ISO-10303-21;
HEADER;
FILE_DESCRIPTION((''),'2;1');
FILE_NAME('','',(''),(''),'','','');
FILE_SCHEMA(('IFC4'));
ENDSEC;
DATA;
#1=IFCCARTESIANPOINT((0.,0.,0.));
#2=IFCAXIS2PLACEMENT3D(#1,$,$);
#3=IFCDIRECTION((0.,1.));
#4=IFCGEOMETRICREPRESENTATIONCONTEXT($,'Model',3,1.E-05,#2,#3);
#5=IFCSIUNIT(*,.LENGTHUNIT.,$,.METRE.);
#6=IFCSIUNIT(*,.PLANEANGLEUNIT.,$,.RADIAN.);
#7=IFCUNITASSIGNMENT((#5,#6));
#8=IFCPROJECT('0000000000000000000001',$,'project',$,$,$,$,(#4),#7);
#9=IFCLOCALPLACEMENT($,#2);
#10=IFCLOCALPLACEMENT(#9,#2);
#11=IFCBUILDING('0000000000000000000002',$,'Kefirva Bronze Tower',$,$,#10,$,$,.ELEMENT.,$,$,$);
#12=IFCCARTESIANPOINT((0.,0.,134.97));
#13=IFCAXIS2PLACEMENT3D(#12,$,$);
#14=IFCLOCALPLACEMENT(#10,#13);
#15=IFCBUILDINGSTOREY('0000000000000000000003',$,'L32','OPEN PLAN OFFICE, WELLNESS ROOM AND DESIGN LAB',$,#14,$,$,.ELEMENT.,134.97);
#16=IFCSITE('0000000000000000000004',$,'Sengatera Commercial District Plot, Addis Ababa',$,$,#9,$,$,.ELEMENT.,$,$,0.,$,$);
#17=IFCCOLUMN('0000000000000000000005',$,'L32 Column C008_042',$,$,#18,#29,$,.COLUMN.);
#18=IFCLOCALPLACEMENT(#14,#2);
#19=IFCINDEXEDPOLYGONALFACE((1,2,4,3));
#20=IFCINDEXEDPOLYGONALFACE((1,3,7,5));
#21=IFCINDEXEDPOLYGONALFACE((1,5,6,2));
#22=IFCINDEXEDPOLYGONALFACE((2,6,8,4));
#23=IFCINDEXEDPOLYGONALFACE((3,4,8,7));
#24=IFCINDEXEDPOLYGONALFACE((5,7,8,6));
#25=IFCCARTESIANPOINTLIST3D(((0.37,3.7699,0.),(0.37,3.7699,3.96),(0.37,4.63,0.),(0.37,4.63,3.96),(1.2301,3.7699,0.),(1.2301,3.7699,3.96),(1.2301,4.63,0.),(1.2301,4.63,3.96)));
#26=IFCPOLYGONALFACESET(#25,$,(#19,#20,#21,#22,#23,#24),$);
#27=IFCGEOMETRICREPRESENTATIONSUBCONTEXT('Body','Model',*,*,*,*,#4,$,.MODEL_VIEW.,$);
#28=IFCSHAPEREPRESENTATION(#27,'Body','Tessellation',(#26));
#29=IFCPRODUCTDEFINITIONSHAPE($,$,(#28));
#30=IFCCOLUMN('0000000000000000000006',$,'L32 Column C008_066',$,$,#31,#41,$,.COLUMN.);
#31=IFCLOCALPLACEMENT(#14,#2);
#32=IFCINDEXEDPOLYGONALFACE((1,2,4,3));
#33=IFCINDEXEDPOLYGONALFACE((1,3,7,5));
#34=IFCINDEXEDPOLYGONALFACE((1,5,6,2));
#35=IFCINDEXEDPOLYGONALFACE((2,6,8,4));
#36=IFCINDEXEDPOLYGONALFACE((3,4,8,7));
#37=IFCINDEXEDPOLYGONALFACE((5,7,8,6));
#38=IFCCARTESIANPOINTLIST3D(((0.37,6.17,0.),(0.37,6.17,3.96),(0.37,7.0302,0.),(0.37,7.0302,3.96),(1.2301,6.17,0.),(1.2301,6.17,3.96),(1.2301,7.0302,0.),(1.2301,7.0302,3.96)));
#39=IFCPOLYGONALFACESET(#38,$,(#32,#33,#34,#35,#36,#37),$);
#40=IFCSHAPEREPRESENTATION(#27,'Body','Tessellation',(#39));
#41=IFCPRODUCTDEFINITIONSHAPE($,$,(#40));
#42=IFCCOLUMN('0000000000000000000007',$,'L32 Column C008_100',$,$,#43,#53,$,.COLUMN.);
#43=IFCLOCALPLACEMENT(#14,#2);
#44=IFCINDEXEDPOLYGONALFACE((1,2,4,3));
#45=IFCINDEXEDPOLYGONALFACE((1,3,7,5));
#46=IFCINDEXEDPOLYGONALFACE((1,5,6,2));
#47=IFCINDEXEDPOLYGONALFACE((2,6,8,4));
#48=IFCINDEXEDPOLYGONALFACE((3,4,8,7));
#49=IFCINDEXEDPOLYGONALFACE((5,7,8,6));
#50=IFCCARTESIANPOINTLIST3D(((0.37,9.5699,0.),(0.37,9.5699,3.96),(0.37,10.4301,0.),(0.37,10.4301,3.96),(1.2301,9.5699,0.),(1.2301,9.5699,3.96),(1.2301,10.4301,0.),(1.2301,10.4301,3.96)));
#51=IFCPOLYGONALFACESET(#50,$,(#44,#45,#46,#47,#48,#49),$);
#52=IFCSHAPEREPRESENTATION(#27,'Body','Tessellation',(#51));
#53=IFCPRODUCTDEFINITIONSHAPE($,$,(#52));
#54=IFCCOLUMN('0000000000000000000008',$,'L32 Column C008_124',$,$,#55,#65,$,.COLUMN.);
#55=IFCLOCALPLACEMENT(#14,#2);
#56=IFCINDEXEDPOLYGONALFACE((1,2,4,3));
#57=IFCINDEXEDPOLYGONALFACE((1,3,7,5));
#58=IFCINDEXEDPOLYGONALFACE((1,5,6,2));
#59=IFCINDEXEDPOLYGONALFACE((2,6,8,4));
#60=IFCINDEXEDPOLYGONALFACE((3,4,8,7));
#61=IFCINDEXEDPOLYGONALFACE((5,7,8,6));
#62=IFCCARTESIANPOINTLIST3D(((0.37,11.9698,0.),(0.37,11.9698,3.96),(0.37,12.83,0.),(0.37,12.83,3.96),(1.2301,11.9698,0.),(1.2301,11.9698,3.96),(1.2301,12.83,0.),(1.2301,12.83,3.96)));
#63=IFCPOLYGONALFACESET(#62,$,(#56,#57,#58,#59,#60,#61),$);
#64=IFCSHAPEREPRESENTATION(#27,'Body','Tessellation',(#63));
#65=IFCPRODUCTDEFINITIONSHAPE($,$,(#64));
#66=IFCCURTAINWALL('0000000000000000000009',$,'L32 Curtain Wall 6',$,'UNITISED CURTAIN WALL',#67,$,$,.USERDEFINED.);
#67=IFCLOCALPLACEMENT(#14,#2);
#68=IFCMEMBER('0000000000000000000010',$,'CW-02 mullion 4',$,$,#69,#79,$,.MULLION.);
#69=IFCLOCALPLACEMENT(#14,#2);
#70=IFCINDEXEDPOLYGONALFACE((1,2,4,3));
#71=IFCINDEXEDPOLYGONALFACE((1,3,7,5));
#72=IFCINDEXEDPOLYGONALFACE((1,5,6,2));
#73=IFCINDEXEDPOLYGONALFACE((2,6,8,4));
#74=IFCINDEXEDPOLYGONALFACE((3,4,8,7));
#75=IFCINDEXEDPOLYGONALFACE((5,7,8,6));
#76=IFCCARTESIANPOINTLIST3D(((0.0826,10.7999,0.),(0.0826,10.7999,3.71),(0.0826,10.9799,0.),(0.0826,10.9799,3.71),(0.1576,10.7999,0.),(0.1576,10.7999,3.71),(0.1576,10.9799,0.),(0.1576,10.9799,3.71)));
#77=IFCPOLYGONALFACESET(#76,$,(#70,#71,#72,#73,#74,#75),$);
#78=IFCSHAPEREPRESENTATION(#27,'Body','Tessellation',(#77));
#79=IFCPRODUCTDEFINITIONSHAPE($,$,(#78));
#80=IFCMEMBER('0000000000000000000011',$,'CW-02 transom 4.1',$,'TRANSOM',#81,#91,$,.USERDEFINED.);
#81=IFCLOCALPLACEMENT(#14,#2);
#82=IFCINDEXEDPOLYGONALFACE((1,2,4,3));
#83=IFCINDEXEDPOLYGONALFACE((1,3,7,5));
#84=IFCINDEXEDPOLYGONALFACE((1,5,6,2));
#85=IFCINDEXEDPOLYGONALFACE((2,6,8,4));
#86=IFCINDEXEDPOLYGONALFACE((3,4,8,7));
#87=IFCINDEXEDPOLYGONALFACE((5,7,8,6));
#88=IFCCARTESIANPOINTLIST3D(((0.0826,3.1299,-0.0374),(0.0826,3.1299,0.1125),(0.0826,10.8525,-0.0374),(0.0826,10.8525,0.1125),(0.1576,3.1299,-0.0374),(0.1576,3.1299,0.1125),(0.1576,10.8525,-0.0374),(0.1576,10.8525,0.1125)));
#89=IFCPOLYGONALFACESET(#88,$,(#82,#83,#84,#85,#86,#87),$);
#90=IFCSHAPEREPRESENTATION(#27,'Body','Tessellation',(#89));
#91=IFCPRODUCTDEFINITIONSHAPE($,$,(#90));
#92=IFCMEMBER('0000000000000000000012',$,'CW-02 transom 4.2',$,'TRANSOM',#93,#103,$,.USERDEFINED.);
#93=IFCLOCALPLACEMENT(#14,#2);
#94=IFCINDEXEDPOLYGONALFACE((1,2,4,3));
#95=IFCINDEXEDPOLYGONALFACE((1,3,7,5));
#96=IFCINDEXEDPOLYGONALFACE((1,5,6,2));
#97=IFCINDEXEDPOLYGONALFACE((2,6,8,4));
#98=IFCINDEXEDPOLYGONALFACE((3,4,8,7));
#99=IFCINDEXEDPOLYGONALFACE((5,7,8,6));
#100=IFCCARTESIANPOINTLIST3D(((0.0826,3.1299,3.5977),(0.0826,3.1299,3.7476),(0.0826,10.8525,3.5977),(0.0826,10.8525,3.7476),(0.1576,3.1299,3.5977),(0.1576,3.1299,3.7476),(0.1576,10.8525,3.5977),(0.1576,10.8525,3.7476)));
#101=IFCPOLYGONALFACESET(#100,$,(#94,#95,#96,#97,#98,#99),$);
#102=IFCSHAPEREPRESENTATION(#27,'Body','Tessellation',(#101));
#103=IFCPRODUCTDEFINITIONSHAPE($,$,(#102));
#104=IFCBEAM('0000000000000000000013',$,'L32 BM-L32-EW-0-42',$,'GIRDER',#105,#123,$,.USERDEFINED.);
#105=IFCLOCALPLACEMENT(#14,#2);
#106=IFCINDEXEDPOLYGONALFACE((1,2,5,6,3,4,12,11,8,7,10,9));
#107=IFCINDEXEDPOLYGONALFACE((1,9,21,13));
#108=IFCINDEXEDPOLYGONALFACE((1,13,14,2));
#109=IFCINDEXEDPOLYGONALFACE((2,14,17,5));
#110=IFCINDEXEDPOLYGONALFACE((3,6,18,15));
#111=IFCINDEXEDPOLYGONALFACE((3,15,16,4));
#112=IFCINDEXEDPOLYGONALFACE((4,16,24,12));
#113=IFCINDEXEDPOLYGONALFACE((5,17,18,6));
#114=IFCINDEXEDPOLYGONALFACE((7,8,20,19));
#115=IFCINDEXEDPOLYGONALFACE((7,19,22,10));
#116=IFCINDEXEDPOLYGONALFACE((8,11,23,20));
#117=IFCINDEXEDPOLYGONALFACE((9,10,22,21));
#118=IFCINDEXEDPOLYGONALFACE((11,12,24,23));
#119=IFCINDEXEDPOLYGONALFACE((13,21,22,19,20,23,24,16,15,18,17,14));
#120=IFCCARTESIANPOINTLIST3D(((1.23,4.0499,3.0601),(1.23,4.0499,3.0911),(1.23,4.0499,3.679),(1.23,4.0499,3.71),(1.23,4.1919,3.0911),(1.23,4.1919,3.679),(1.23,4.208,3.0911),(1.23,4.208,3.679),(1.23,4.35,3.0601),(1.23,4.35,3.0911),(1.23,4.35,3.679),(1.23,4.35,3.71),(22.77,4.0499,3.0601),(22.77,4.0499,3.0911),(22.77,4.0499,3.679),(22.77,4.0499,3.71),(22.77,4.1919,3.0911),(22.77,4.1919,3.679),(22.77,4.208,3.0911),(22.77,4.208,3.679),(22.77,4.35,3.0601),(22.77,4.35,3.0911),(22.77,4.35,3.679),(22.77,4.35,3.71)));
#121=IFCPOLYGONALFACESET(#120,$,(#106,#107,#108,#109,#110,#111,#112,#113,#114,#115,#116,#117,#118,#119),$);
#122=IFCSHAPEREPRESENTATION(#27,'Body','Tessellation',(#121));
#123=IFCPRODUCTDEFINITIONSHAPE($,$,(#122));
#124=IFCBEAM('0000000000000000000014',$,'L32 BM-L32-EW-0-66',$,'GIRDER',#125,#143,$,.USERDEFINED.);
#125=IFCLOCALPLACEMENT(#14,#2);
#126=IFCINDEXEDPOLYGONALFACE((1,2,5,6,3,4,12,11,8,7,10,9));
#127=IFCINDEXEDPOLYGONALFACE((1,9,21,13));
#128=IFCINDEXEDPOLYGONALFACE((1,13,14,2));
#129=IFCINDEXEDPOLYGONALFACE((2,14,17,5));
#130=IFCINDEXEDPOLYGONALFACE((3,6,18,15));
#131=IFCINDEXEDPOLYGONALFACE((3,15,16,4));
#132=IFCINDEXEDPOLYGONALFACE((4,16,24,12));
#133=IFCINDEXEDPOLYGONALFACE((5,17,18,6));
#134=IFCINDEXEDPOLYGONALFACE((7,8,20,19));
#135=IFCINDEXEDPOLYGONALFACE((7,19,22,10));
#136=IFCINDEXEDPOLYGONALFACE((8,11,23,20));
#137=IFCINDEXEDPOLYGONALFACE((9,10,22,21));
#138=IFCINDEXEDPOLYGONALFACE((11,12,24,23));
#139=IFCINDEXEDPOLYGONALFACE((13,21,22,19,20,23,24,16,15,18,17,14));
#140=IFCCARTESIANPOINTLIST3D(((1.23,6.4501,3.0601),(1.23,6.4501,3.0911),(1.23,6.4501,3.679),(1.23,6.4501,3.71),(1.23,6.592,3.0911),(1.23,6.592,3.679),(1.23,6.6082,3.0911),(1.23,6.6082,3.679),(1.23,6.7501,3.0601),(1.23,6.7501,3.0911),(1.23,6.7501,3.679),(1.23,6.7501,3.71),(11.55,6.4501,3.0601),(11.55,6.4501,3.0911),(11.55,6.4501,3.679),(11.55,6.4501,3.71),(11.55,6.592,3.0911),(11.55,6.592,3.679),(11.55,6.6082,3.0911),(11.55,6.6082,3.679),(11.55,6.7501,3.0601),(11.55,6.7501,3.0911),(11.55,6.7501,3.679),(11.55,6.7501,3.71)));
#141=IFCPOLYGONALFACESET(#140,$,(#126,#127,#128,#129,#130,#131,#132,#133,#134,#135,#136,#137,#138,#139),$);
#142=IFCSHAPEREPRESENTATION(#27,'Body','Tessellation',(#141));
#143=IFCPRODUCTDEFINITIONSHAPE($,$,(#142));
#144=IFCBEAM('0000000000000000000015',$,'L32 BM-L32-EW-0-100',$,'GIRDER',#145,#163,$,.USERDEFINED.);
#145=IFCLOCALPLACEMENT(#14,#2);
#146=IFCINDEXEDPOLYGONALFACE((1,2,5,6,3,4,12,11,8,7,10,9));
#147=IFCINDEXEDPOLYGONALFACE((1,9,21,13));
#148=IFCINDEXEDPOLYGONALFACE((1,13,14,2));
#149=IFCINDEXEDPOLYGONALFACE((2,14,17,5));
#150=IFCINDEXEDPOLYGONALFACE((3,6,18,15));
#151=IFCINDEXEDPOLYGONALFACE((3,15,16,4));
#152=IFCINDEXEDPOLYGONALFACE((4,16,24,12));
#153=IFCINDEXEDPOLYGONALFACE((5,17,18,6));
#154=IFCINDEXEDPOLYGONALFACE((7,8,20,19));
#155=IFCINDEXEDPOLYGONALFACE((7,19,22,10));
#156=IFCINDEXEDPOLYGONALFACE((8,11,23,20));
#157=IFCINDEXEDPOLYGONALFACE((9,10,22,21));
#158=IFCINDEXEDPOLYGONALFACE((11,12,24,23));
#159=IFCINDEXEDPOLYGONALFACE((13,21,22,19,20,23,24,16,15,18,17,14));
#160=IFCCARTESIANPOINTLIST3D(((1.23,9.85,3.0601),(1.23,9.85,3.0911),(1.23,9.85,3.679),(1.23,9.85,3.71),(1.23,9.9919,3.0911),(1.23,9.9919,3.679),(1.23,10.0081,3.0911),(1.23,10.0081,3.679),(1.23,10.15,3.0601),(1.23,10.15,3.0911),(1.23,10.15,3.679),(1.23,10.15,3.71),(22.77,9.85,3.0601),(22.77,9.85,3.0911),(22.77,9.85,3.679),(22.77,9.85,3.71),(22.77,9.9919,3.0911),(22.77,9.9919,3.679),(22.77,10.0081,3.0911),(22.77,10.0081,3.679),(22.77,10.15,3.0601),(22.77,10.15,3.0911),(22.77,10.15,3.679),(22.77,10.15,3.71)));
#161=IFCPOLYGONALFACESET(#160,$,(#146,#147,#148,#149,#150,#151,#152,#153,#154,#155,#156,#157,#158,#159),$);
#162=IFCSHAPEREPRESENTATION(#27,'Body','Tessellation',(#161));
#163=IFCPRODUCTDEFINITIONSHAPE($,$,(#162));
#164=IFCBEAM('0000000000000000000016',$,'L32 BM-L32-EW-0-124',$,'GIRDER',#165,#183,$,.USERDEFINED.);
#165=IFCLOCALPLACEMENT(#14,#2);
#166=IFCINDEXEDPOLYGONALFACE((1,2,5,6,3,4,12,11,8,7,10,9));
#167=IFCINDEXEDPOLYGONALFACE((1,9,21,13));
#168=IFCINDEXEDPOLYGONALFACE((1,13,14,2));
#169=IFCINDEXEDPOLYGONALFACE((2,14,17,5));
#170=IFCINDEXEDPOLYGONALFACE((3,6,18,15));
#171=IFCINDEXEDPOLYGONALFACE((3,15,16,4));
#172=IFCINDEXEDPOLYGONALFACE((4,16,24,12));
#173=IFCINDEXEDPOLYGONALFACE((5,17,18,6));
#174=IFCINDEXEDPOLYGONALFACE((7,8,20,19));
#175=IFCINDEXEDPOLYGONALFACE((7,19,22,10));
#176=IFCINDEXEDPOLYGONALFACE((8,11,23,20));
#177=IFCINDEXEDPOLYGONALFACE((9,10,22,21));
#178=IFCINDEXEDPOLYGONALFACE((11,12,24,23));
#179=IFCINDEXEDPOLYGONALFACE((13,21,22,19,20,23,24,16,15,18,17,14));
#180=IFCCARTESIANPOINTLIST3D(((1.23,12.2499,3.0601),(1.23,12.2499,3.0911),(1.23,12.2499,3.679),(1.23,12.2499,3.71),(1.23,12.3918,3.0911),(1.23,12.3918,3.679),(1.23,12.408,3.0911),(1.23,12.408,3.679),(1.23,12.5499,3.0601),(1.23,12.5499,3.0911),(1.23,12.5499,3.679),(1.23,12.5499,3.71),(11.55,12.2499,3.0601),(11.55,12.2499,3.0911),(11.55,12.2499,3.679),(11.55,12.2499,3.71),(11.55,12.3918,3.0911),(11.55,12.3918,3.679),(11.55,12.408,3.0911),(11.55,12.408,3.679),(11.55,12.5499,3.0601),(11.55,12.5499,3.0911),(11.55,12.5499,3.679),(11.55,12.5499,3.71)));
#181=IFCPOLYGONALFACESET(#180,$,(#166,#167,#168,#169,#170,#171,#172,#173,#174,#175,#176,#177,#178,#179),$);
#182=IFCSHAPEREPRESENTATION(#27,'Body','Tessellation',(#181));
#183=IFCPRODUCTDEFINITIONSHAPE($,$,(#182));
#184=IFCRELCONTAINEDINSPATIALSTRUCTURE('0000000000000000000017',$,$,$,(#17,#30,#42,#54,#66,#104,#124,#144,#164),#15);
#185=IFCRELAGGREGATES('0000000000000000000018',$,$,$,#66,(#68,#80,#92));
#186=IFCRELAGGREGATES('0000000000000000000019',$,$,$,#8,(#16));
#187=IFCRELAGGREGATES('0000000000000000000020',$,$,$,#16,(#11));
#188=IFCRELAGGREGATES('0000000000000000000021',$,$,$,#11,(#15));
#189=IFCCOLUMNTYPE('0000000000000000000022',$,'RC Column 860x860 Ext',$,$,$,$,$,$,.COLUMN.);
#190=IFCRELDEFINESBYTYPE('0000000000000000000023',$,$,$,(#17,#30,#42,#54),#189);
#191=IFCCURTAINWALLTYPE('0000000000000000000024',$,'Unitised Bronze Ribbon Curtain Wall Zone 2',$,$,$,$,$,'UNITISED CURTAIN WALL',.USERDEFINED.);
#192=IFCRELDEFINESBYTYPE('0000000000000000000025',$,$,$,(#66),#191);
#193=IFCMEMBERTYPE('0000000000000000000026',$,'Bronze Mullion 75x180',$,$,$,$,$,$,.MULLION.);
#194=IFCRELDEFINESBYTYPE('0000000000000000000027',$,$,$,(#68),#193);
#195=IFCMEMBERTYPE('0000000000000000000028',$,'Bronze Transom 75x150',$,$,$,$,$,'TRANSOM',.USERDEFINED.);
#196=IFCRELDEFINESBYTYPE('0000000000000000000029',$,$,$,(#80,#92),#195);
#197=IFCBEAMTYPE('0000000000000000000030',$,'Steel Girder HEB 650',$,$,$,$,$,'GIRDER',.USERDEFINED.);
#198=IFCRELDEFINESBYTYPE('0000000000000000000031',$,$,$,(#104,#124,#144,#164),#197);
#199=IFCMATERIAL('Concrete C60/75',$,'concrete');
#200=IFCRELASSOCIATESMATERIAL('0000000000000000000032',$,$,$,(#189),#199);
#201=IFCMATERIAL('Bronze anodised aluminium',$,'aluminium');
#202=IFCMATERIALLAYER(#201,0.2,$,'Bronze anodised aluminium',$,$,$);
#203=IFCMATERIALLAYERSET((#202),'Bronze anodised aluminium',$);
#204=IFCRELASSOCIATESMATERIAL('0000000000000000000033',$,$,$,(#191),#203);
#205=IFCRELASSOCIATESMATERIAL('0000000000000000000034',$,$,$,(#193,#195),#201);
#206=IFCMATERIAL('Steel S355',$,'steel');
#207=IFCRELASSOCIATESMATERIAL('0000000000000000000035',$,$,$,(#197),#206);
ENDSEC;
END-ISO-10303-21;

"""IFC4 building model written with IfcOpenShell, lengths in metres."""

from ifc_helpers import new_model, si_unit, direction, frame, origin, origin_2d, place, context, subcontext, project, spatial, rectangle, i_section, extrude, material, layer, layer_set, material_profile, profile_set, type_object, element, aggregate, save


model = new_model("IFC4")

# Units and contexts
model_context = context("Model", 3, precision=1e-05, world=origin(), true_north=direction((0.0, 1.0)))
body_context = subcontext(model_context, "Body", "Model", "MODEL_VIEW")
ifc_project = project(units=[si_unit("LENGTHUNIT", "METRE"), si_unit("PLANEANGLEUNIT", "RADIAN")], contexts=[model_context])

# Site, building, storey
site_placement = place(None, origin())
site = spatial("IfcSite", under=ifc_project, at=site_placement, Name="Sengatera Commercial District Plot, Addis Ababa", CompositionType="ELEMENT", RefElevation=0.0)
building_placement = place(site_placement, origin())
building = spatial("IfcBuilding", under=site, at=building_placement, Name="Kefirva Bronze Tower", CompositionType="ELEMENT")
storey_placement = place(building_placement, frame((0.0, 0.0, 134.97)))
storey = spatial("IfcBuildingStorey", under=building, at=storey_placement, Name="L32", Description="OPEN PLAN OFFICE, WELLNESS ROOM AND DESIGN LAB", CompositionType="ELEMENT", Elevation=134.97)

# Columns
ifc_material_1 = material(Name="Concrete C60/75", Category="concrete")
ifc_material_profile_1 = material_profile(ifc_material_1, rectangle(XDim=0.8601, YDim=0.8601, at=origin_2d()), Name="RC 860x860")
ifc_profile_set_1 = profile_set([ifc_material_profile_1], Name="Concrete C60/75")
column_type = type_object("IfcColumnType", Name="RC Column 860x860 Ext", PredefinedType="COLUMN", material=ifc_profile_set_1)
for number, where, z_axis, x_axis, name in (
    (1, (0.8, 4.2, 0.0), (0.0, 0.0, 1.0), (1.0, 0.0, 0.0), "L32 Column C008_042"),
    (2, (0.8, 6.6001, 0.0), (0.0, 0.0, 1.0), (1.0, 0.0, 0.0), "L32 Column C008_066"),
    (3, (0.8, 10.0, 0.0), (0.0, 0.0, 1.0), (1.0, 0.0, 0.0), "L32 Column C008_100"),
    (4, (0.8, 12.3999, 0.0), (0.0, 0.0, 1.0), (1.0, 0.0, 0.0), "L32 Column C008_124"),
):
    element("IfcColumn", number, at=place(storey_placement, frame(where, z_axis=z_axis, x_axis=x_axis)), inside=storey, type_object=column_type, Name=name, PredefinedType="COLUMN", context=body_context, shape_type="SweptSolid", body=[
        extrude(rectangle(XDim=0.8601, YDim=0.8601, at=origin_2d()), origin(), (0.0, 0.0, 1.0), 3.96),
    ])

# Curtain wall, members
ifc_material_2 = material(Name="Bronze anodised aluminium", Category="aluminium")
ifc_layer_1 = layer(ifc_material_2, 0.2, Name="Bronze anodised aluminium")
ifc_layer_set_1 = layer_set([ifc_layer_1], Name="Bronze anodised aluminium")
curtain_wall_type = type_object("IfcCurtainWallType", Name="Unitised Bronze Ribbon Curtain Wall Zone 2", ElementType="UNITISED CURTAIN WALL", PredefinedType="USERDEFINED", material=ifc_layer_set_1)
curtain_wall_placement = place(storey_placement, origin())
curtain_wall = element("IfcCurtainWall", 5, at=curtain_wall_placement, inside=storey, type_object=curtain_wall_type, Name="L32 Curtain Wall 6", ObjectType="UNITISED CURTAIN WALL", PredefinedType="USERDEFINED")
ifc_material_profile_2 = material_profile(ifc_material_2, rectangle(XDim=0.075, YDim=0.1799, at=origin_2d()), Name="ALU 75x180")
ifc_profile_set_2 = profile_set([ifc_material_profile_2], Name="Bronze anodised aluminium")
member_type_1 = type_object("IfcMemberType", Name="Bronze Mullion 75x180", PredefinedType="MULLION", material=ifc_profile_set_2)
member_1_placement = place(storey_placement, frame((0.1201, 10.8899, 0.0), z_axis=(0.0, 0.0, 1.0), x_axis=(1.0, 0.0, 0.0)))
member_1 = element("IfcMember", 6, at=member_1_placement, type_object=member_type_1, Name="CW-02 mullion 4", PredefinedType="MULLION", context=body_context, shape_type="SweptSolid", body=[
    extrude(rectangle(XDim=0.075, YDim=0.1799, at=origin_2d()), origin(), (0.0, 0.0, 1.0), 3.71),
])
ifc_material_profile_3 = material_profile(ifc_material_2, rectangle(XDim=0.075, YDim=0.1499, at=origin_2d()), Name="ALU 75x150")
ifc_profile_set_3 = profile_set([ifc_material_profile_3], Name="Bronze anodised aluminium")
member_type_2 = type_object("IfcMemberType", Name="Bronze Transom 75x150", ElementType="TRANSOM", PredefinedType="USERDEFINED", material=ifc_profile_set_3)
member_2_placement = place(storey_placement, frame((0.1201, 10.8525, 0.0376), z_axis=(0.0, -1.0, 0.0), x_axis=(1.0, 0.0, 0.0)))
member_2 = element("IfcMember", 7, at=member_2_placement, type_object=member_type_2, Name="CW-02 transom 4.1", ObjectType="TRANSOM", PredefinedType="USERDEFINED", context=body_context, shape_type="SweptSolid", body=[
    extrude(rectangle(XDim=0.075, YDim=0.1499, at=origin_2d()), origin(), (0.0, 0.0, 1.0), 7.7227),
])
member_3_placement = place(storey_placement, frame((0.1201, 10.8525, 3.6726), z_axis=(0.0, -1.0, 0.0), x_axis=(1.0, 0.0, 0.0)))
member_3 = element("IfcMember", 8, at=member_3_placement, type_object=member_type_2, Name="CW-02 transom 4.2", ObjectType="TRANSOM", PredefinedType="USERDEFINED", context=body_context, shape_type="SweptSolid", body=[
    extrude(rectangle(XDim=0.075, YDim=0.1499, at=origin_2d()), origin(), (0.0, 0.0, 1.0), 7.7227),
])

# Beams
ifc_material_3 = material(Name="Steel S355", Category="steel")
ifc_material_profile_4 = material_profile(ifc_material_3, i_section(OverallWidth=0.3, OverallDepth=0.6499, WebThickness=0.0161, FlangeThickness=0.031, at=origin_2d()), Name="HEB 650")
ifc_profile_set_4 = profile_set([ifc_material_profile_4], Name="Steel S355")
beam_type_1 = type_object("IfcBeamType", Name="Steel Girder HEB 650", ElementType="GIRDER", PredefinedType="USERDEFINED", material=ifc_profile_set_4)
beam_1_placement = place(storey_placement, frame((1.23, 4.2, 3.385), z_axis=(1.0, 0.0, 0.0), x_axis=(0.0, 1.0, 0.0)))
element("IfcBeam", 9, at=beam_1_placement, inside=storey, type_object=beam_type_1, Name="L32 BM-L32-EW-0-42", ObjectType="GIRDER", PredefinedType="USERDEFINED", context=body_context, shape_type="SweptSolid", body=[
    extrude(i_section(OverallWidth=0.3, OverallDepth=0.6499, WebThickness=0.0161, FlangeThickness=0.031, at=origin_2d()), origin(), (0.0, 0.0, 1.0), 21.54),
])
beam_2_placement = place(storey_placement, frame((1.23, 6.6001, 3.385), z_axis=(1.0, 0.0, 0.0), x_axis=(0.0, 1.0, 0.0)))
element("IfcBeam", 10, at=beam_2_placement, inside=storey, type_object=beam_type_1, Name="L32 BM-L32-EW-0-66", ObjectType="GIRDER", PredefinedType="USERDEFINED", context=body_context, shape_type="SweptSolid", body=[
    extrude(i_section(OverallWidth=0.3, OverallDepth=0.6499, WebThickness=0.0161, FlangeThickness=0.031, at=origin_2d()), origin(), (0.0, 0.0, 1.0), 10.3201),
])
beam_3_placement = place(storey_placement, frame((1.23, 10.0, 3.385), z_axis=(1.0, 0.0, 0.0), x_axis=(0.0, 1.0, 0.0)))
element("IfcBeam", 11, at=beam_3_placement, inside=storey, type_object=beam_type_1, Name="L32 BM-L32-EW-0-100", ObjectType="GIRDER", PredefinedType="USERDEFINED", context=body_context, shape_type="SweptSolid", body=[
    extrude(i_section(OverallWidth=0.3, OverallDepth=0.6499, WebThickness=0.0161, FlangeThickness=0.031, at=origin_2d()), origin(), (0.0, 0.0, 1.0), 21.54),
])
beam_4_placement = place(storey_placement, frame((1.23, 12.3999, 3.385), z_axis=(1.0, 0.0, 0.0), x_axis=(0.0, 1.0, 0.0)))
element("IfcBeam", 12, at=beam_4_placement, inside=storey, type_object=beam_type_1, Name="L32 BM-L32-EW-0-124", ObjectType="GIRDER", PredefinedType="USERDEFINED", context=body_context, shape_type="SweptSolid", body=[
    extrude(i_section(OverallWidth=0.3, OverallDepth=0.6499, WebThickness=0.0161, FlangeThickness=0.031, at=origin_2d()), origin(), (0.0, 0.0, 1.0), 10.3201),
])

aggregate(curtain_wall, [member_1, member_2, member_3])

save(model, "model.ifc")
